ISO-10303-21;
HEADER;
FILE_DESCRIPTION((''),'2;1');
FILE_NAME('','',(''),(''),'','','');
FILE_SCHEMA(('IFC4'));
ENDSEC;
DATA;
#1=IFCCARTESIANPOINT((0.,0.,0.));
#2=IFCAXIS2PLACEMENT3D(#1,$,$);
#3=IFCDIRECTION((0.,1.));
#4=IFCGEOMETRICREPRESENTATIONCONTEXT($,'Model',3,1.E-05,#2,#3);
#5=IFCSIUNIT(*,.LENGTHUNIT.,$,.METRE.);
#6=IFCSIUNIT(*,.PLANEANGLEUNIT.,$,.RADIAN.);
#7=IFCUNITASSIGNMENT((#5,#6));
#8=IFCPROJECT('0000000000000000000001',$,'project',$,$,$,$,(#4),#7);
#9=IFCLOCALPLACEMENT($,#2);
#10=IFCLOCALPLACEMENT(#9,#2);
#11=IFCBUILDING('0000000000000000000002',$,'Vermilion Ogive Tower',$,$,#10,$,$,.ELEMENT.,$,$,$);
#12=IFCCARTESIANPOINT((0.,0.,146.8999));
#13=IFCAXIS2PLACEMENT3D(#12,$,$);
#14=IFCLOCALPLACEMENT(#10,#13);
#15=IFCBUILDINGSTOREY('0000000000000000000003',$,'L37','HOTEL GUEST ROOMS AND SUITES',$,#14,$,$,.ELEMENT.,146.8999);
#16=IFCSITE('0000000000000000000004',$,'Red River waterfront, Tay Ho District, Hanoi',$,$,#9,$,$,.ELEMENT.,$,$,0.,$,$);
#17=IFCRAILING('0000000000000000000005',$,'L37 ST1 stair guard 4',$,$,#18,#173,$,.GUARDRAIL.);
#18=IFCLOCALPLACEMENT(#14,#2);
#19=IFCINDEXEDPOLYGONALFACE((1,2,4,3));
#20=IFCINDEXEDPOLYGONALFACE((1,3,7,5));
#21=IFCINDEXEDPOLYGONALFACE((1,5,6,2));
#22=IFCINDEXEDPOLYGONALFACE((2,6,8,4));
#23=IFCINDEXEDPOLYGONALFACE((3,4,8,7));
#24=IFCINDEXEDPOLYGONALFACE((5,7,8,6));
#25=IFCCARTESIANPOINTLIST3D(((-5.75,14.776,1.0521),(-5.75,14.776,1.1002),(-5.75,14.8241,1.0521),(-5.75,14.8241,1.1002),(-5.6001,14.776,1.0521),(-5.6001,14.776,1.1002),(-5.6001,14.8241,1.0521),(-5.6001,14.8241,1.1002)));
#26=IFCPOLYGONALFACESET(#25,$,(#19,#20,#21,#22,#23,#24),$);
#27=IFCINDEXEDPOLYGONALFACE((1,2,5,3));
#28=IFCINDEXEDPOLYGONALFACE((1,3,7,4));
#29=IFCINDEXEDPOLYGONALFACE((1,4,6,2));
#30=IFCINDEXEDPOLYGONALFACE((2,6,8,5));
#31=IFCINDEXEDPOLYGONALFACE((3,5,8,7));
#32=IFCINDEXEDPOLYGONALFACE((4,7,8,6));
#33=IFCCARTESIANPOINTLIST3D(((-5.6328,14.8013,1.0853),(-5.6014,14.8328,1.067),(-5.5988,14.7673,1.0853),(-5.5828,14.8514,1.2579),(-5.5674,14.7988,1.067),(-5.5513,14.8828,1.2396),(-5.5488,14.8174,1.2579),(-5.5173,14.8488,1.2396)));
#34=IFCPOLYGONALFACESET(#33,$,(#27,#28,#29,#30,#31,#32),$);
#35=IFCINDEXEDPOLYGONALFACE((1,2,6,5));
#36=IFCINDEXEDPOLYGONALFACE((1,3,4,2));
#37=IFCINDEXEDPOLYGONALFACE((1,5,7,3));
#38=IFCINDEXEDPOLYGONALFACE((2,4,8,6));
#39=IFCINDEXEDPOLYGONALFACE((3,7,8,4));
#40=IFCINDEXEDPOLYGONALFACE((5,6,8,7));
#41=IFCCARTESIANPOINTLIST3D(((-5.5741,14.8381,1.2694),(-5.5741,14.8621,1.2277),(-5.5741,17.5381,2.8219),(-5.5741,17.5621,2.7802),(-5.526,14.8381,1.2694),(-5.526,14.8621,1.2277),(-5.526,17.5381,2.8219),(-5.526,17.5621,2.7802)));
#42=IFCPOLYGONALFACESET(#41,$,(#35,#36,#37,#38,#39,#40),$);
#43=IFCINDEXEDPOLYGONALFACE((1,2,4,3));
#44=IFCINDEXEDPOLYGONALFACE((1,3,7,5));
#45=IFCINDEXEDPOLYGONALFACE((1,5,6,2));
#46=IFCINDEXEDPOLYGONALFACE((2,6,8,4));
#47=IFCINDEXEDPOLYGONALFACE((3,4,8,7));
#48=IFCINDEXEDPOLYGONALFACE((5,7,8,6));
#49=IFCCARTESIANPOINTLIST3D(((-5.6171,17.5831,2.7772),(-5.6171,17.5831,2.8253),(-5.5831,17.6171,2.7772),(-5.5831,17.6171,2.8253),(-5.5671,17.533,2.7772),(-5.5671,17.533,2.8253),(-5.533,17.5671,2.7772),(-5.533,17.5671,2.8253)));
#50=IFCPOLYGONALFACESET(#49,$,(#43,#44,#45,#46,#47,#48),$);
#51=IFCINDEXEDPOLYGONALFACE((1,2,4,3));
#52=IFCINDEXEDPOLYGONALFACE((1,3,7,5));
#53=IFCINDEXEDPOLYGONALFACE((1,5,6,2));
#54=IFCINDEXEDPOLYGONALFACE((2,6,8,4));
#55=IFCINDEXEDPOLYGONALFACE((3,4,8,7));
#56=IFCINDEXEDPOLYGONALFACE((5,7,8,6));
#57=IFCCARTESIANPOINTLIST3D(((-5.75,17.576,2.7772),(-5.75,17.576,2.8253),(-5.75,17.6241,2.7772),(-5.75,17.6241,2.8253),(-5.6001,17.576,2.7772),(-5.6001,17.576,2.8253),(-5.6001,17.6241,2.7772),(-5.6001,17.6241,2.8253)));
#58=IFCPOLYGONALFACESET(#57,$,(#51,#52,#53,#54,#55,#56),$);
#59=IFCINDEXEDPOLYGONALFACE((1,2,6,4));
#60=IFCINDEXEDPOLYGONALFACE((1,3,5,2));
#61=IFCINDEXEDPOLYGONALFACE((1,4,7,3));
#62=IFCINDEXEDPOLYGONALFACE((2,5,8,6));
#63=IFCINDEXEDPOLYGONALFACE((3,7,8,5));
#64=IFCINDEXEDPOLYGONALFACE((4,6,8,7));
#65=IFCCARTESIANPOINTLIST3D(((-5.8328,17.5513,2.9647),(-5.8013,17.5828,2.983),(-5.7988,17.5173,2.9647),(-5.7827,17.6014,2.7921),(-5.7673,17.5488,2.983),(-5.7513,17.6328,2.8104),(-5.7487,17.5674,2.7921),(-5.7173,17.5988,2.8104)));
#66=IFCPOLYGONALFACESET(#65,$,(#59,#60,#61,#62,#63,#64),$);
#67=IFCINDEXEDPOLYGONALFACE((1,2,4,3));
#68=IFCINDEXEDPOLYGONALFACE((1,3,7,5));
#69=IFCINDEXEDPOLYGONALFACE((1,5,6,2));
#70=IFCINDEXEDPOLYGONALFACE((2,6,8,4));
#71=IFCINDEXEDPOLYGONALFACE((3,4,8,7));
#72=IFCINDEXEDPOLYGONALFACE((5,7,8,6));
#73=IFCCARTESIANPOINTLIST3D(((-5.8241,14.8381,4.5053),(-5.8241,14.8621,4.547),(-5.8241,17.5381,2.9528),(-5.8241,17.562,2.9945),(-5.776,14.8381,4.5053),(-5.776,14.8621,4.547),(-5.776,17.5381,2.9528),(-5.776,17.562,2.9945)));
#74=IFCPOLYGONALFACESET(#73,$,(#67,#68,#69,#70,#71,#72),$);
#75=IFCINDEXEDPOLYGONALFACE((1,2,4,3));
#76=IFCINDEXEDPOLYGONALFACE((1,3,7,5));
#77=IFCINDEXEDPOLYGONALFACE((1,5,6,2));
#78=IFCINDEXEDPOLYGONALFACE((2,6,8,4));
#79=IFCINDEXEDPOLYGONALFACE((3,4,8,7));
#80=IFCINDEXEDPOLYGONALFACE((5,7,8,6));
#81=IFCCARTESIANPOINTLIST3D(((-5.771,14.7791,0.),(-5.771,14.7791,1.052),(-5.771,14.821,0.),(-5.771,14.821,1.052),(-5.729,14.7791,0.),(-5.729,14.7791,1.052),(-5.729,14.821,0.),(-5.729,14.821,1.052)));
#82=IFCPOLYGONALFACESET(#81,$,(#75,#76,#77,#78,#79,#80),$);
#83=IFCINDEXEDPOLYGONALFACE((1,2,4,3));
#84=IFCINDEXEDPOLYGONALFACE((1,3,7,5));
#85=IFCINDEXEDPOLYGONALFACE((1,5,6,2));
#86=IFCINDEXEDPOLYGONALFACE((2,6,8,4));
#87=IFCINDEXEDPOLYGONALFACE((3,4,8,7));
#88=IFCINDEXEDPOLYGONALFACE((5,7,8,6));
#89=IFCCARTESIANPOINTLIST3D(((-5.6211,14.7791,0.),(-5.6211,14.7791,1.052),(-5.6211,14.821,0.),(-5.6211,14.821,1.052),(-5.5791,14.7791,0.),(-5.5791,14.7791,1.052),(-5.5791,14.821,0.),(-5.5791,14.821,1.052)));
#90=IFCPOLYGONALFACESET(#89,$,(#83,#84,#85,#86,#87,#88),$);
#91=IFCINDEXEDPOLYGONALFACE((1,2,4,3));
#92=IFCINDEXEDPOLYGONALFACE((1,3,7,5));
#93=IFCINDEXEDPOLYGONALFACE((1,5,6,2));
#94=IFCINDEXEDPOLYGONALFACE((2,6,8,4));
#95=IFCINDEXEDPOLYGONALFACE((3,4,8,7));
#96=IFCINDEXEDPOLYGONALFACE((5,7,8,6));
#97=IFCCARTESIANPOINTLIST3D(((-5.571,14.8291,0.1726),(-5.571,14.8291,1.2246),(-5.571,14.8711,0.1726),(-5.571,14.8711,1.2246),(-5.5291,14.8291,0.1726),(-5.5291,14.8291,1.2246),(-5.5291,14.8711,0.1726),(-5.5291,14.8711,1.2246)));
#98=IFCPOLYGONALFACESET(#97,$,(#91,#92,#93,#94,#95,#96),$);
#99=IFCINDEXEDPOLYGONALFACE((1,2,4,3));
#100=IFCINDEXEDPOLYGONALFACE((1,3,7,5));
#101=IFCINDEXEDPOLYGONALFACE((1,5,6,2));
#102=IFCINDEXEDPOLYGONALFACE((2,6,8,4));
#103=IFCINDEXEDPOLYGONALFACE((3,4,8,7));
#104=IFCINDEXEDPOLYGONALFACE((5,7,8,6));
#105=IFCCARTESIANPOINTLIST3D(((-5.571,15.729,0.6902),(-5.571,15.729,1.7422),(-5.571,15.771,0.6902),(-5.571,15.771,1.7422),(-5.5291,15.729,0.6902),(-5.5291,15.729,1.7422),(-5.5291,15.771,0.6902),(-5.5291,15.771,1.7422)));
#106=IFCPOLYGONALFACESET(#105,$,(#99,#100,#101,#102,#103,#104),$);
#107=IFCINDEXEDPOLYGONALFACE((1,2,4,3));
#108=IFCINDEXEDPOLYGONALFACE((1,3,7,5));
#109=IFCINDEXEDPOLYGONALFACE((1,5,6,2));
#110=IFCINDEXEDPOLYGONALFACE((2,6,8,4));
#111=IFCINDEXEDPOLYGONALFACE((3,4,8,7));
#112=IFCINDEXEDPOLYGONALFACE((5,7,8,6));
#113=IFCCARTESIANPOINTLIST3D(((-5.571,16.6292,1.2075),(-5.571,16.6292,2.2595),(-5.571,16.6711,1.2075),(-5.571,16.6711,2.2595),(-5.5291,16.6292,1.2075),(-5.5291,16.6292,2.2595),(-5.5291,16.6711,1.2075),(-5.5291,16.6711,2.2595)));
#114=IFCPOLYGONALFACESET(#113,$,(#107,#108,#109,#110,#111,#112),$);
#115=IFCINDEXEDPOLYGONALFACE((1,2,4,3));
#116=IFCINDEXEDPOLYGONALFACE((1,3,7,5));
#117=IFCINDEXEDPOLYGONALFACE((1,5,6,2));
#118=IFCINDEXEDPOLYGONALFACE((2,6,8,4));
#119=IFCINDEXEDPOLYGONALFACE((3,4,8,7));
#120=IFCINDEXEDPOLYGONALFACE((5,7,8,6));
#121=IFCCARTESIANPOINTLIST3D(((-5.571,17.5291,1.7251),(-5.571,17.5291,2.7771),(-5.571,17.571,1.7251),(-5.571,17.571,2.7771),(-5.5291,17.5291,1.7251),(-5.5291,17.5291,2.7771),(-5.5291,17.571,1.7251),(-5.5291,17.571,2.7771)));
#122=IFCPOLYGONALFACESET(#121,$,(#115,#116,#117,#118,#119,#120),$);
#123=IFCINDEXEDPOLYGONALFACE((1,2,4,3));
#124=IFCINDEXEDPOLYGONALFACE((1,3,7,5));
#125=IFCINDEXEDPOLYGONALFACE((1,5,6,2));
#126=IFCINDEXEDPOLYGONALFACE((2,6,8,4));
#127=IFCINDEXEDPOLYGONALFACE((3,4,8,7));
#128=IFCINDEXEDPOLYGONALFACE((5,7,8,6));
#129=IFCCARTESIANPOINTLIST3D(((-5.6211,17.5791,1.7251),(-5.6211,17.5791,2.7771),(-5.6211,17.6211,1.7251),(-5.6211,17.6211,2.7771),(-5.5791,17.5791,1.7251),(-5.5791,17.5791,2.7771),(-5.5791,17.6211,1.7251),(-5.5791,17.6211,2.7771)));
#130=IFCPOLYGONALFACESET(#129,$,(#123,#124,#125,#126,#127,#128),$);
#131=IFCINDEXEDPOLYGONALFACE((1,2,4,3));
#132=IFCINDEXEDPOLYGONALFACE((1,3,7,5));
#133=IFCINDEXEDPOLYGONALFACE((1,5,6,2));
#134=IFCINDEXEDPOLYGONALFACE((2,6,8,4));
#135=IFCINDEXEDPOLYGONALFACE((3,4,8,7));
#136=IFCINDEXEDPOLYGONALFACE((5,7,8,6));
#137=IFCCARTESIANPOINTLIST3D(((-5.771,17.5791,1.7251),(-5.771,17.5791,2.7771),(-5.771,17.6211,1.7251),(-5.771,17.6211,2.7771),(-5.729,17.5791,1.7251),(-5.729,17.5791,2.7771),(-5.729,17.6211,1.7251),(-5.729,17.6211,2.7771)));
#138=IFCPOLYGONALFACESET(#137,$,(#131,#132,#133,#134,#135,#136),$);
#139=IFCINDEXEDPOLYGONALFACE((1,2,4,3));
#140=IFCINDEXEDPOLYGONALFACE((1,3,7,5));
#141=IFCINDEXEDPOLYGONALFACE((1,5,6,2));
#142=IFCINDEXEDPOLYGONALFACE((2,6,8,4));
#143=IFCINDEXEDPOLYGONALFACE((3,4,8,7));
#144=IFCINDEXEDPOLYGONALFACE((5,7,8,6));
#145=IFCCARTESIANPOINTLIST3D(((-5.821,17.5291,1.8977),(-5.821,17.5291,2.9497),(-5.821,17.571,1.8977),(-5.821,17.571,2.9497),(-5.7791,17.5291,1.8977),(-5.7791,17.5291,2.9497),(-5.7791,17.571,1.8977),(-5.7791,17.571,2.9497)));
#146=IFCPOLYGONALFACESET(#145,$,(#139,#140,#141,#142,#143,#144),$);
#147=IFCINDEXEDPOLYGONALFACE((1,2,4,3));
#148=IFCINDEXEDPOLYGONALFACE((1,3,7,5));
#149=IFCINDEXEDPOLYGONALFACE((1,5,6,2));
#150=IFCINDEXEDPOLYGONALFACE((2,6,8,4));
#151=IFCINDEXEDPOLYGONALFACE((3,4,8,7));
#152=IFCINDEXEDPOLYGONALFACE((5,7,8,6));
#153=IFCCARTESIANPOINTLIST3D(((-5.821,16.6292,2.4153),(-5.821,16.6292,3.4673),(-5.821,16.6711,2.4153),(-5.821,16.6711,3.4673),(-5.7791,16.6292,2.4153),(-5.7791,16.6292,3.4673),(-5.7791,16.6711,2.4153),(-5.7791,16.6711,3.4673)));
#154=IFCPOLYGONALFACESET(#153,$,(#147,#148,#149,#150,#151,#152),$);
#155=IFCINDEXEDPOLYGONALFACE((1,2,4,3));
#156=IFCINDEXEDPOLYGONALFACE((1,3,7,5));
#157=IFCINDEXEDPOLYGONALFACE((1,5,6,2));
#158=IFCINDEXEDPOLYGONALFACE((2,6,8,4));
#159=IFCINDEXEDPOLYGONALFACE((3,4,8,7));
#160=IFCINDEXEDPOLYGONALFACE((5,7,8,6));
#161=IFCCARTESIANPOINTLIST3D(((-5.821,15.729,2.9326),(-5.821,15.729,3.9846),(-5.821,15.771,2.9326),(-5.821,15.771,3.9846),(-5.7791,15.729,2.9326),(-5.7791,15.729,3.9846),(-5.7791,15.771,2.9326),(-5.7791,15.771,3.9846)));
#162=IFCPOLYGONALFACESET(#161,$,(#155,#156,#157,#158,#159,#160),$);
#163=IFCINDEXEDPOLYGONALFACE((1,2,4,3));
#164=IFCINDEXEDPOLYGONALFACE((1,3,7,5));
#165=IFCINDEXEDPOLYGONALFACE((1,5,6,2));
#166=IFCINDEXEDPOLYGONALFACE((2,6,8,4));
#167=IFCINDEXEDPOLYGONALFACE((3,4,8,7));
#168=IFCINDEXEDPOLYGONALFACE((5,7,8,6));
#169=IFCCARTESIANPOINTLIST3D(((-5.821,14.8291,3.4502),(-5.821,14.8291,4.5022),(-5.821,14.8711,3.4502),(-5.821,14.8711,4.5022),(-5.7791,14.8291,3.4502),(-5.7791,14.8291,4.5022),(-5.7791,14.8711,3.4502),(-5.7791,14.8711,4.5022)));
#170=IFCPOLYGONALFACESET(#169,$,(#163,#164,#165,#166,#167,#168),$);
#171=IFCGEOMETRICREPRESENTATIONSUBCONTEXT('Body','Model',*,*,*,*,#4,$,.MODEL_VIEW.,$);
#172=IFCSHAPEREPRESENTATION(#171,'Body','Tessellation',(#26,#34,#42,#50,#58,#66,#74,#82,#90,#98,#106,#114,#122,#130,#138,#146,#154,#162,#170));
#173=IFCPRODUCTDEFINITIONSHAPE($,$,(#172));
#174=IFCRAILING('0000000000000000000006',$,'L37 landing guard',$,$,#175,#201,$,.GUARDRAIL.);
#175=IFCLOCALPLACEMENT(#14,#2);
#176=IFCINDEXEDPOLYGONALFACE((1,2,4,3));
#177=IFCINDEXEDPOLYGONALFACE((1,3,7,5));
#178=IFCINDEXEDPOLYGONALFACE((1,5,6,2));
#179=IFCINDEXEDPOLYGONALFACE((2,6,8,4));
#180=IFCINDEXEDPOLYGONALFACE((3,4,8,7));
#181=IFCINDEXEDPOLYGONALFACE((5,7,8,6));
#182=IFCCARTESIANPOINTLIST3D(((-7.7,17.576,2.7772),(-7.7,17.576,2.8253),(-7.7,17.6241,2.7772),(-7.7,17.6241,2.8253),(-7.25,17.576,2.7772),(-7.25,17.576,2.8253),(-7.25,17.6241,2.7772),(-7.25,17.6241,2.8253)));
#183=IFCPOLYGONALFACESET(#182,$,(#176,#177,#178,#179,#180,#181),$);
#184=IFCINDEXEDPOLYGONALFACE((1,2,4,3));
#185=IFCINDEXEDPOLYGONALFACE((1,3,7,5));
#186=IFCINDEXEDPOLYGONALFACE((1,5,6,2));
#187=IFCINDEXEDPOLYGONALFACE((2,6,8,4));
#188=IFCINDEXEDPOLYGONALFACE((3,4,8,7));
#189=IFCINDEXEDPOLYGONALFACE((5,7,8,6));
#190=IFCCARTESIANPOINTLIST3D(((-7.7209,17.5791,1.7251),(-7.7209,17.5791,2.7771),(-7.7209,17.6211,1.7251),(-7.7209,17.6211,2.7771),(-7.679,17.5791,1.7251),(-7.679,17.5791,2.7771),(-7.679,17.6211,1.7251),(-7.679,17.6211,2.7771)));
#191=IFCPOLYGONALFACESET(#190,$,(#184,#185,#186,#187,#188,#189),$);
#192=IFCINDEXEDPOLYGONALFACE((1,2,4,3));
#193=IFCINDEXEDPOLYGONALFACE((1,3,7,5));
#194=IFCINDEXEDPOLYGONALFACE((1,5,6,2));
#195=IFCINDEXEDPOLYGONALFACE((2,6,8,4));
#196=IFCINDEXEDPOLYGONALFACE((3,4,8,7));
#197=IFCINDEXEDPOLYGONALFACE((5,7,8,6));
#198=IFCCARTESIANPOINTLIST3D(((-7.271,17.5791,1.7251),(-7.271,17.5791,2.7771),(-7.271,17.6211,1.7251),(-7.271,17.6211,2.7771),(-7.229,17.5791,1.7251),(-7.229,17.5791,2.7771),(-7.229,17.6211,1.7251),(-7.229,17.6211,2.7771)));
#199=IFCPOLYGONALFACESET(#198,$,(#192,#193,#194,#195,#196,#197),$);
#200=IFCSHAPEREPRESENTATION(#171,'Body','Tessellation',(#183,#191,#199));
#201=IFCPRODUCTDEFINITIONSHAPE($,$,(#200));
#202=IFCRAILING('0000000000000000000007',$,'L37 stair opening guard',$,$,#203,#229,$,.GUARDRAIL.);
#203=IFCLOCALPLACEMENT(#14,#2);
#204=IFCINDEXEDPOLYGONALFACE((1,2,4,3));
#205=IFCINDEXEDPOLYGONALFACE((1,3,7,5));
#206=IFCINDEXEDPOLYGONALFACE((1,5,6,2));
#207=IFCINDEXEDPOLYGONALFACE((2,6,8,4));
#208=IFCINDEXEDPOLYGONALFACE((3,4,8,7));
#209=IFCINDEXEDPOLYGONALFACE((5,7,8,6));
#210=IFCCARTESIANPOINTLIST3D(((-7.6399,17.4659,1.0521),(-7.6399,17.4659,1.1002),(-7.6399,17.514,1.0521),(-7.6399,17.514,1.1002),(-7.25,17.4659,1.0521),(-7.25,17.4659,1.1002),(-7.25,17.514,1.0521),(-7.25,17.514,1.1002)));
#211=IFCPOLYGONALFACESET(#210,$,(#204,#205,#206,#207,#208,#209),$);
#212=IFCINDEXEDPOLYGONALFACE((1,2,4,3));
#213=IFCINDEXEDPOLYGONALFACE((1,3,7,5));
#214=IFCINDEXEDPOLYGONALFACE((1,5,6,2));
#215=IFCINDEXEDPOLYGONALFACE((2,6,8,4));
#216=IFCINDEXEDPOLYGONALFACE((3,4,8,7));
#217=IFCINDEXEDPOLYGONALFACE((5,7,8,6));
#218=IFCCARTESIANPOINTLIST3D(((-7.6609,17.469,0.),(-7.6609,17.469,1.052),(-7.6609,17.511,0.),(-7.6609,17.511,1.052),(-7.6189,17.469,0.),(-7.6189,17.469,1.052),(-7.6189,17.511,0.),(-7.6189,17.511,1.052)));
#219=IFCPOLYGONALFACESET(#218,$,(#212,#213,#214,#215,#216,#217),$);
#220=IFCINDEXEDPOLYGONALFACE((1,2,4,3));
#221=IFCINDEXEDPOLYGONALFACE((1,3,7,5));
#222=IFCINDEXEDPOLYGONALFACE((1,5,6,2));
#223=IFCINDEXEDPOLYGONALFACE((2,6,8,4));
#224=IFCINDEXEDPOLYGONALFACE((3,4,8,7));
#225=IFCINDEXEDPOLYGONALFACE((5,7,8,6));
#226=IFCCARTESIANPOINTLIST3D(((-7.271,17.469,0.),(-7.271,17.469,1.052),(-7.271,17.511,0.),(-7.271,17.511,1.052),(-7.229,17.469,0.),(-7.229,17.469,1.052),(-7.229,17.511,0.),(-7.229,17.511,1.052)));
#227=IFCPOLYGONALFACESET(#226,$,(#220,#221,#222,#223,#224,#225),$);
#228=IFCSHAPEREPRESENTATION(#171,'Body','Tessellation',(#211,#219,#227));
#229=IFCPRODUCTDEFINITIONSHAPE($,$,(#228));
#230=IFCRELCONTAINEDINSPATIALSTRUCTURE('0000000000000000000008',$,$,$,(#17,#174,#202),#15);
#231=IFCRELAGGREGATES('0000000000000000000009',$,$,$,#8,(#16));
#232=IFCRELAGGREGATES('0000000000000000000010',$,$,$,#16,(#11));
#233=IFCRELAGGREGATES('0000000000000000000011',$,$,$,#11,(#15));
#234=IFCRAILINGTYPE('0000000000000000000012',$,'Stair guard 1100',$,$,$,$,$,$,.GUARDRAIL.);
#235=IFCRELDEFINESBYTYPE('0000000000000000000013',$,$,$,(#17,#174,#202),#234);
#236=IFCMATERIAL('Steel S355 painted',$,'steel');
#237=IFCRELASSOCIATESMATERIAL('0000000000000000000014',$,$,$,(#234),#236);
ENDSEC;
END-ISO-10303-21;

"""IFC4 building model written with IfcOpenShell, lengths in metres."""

from ifc_helpers import new_model, si_unit, direction, frame, origin, origin_2d, place, context, subcontext, project, spatial, rectangle, extrude, material, type_object, element, save


model = new_model("IFC4")

# Units and contexts
model_context = context("Model", 3, precision=1e-05, world=origin(), true_north=direction((0.0, 1.0)))
body_context = subcontext(model_context, "Body", "Model", "MODEL_VIEW")
ifc_project = project(units=[si_unit("LENGTHUNIT", "METRE"), si_unit("PLANEANGLEUNIT", "RADIAN")], contexts=[model_context])

# Site, building, storey
site_placement = place(None, origin())
site = spatial("IfcSite", under=ifc_project, at=site_placement, Name="Red River waterfront, Tay Ho District, Hanoi", CompositionType="ELEMENT", RefElevation=0.0)
building_placement = place(site_placement, origin())
building = spatial("IfcBuilding", under=site, at=building_placement, Name="Vermilion Ogive Tower", CompositionType="ELEMENT")
storey_placement = place(building_placement, frame((0.0, 0.0, 146.8999)))
storey = spatial("IfcBuildingStorey", under=building, at=storey_placement, Name="L37", Description="HOTEL GUEST ROOMS AND SUITES", CompositionType="ELEMENT", Elevation=146.8999)

# Railings
ifc_material_1 = material(Name="Steel S355 painted", Category="steel")
railing_type_1 = type_object("IfcRailingType", Name="Stair guard 1100", PredefinedType="GUARDRAIL", material=ifc_material_1)
railing_1_placement = place(storey_placement, frame((-5.75, 14.8, 0.0)))
element("IfcRailing", 1, at=railing_1_placement, inside=storey, type_object=railing_type_1, Name="L37 ST1 stair guard 4", PredefinedType="GUARDRAIL", context=body_context, shape_type="SweptSolid", body=[
    extrude(rectangle(XDim=0.0481, YDim=0.0481, at=origin_2d()), frame((0.0, 0.0, 1.0762), z_axis=(1.0, 0.0, 0.0), x_axis=(0.0, 1.0, 0.0)), (0.0, 0.0, 1.0), 0.1499),
    extrude(rectangle(XDim=0.0481, YDim=0.0481, at=origin_2d()), frame((0.1499, 0.0, 1.0762), z_axis=(0.268278, 0.268278, 0.925232), x_axis=(-0.707107, 0.707107, 0.0)), (0.0, 0.0, 1.0), 0.1865),
    extrude(rectangle(XDim=0.0481, YDim=0.0481, at=origin_2d()), frame((0.2, 0.05, 1.2485), z_axis=(0.0, 0.866904, 0.498476), x_axis=(-1.0, 0.0, 0.0)), (0.0, 0.0, 1.0), 3.1145),
    extrude(rectangle(XDim=0.0481, YDim=0.0481, at=origin_2d()), frame((0.2, 2.75, 2.8013), z_axis=(-0.707107, 0.707107, 0.0), x_axis=(-0.707107, -0.707107, 0.0)), (0.0, 0.0, 1.0), 0.0708),
    extrude(rectangle(XDim=0.0481, YDim=0.0481, at=origin_2d()), frame((0.1499, 2.8, 2.8013), z_axis=(-1.0, 0.0, 0.0), x_axis=(0.0, -1.0, 0.0)), (0.0, 0.0, 1.0), 0.1499),
    extrude(rectangle(XDim=0.0481, YDim=0.0481, at=origin_2d()), frame((0.0, 2.8, 2.8013), z_axis=(-0.268278, -0.268278, 0.925232), x_axis=(0.707107, -0.707107, 0.0)), (0.0, 0.0, 1.0), 0.1865),
    extrude(rectangle(XDim=0.0481, YDim=0.0481, at=origin_2d()), frame((-0.05, 2.75, 2.9736), z_axis=(0.0, -0.866904, 0.498476), x_axis=(1.0, 0.0, 0.0)), (0.0, 0.0, 1.0), 3.1145),
    extrude(rectangle(XDim=0.042, YDim=0.042, at=origin_2d()), origin(), (0.0, 0.0, 1.0), 1.052),
    extrude(rectangle(XDim=0.042, YDim=0.042, at=origin_2d()), frame((0.1499, 0.0, 0.0)), (0.0, 0.0, 1.0), 1.052),
    extrude(rectangle(XDim=0.042, YDim=0.042, at=origin_2d()), frame((0.2, 0.05, 0.1726)), (0.0, 0.0, 1.0), 1.052),
    extrude(rectangle(XDim=0.042, YDim=0.042, at=origin_2d()), frame((0.2, 0.95, 0.6902)), (0.0, 0.0, 1.0), 1.052),
    extrude(rectangle(XDim=0.042, YDim=0.042, at=origin_2d()), frame((0.2, 1.8501, 1.2075)), (0.0, 0.0, 1.0), 1.052),
    extrude(rectangle(XDim=0.042, YDim=0.042, at=origin_2d()), frame((0.2, 2.75, 1.7251)), (0.0, 0.0, 1.0), 1.052),
    extrude(rectangle(XDim=0.042, YDim=0.042, at=origin_2d()), frame((0.1499, 2.8, 1.7251)), (0.0, 0.0, 1.0), 1.052),
    extrude(rectangle(XDim=0.042, YDim=0.042, at=origin_2d()), frame((0.0, 2.8, 1.7251)), (0.0, 0.0, 1.0), 1.052),
    extrude(rectangle(XDim=0.042, YDim=0.042, at=origin_2d()), frame((-0.05, 2.75, 1.8977)), (0.0, 0.0, 1.0), 1.052),
    extrude(rectangle(XDim=0.042, YDim=0.042, at=origin_2d()), frame((-0.05, 1.8501, 2.4153)), (0.0, 0.0, 1.0), 1.052),
    extrude(rectangle(XDim=0.042, YDim=0.042, at=origin_2d()), frame((-0.05, 0.95, 2.9326)), (0.0, 0.0, 1.0), 1.052),
    extrude(rectangle(XDim=0.042, YDim=0.042, at=origin_2d()), frame((-0.05, 0.05, 3.4502)), (0.0, 0.0, 1.0), 1.052),
])
railing_2_placement = place(storey_placement, frame((-7.7, 17.6001, 1.7251)))
element("IfcRailing", 2, at=railing_2_placement, inside=storey, type_object=railing_type_1, Name="L37 landing guard", PredefinedType="GUARDRAIL", context=body_context, shape_type="SweptSolid", body=[
    extrude(rectangle(XDim=0.0481, YDim=0.0481, at=origin_2d()), frame((0.0, 0.0, 1.0762), z_axis=(1.0, 0.0, 0.0), x_axis=(0.0, 1.0, 0.0)), (0.0, 0.0, 1.0), 0.45),
    extrude(rectangle(XDim=0.042, YDim=0.042, at=origin_2d()), origin(), (0.0, 0.0, 1.0), 1.052),
    extrude(rectangle(XDim=0.042, YDim=0.042, at=origin_2d()), frame((0.45, 0.0, 0.0)), (0.0, 0.0, 1.0), 1.052),
])
railing_3_placement = place(storey_placement, frame((-7.6399, 17.49, 0.0)))
element("IfcRailing", 3, at=railing_3_placement, inside=storey, type_object=railing_type_1, Name="L37 stair opening guard", PredefinedType="GUARDRAIL", context=body_context, shape_type="SweptSolid", body=[
    extrude(rectangle(XDim=0.0481, YDim=0.0481, at=origin_2d()), frame((0.0, 0.0, 1.0762), z_axis=(1.0, 0.0, 0.0), x_axis=(0.0, 1.0, 0.0)), (0.0, 0.0, 1.0), 0.3899),
    extrude(rectangle(XDim=0.042, YDim=0.042, at=origin_2d()), origin(), (0.0, 0.0, 1.0), 1.052),
    extrude(rectangle(XDim=0.042, YDim=0.042, at=origin_2d()), frame((0.3899, 0.0, 0.0)), (0.0, 0.0, 1.0), 1.052),
])

save(model, "model.ifc")
